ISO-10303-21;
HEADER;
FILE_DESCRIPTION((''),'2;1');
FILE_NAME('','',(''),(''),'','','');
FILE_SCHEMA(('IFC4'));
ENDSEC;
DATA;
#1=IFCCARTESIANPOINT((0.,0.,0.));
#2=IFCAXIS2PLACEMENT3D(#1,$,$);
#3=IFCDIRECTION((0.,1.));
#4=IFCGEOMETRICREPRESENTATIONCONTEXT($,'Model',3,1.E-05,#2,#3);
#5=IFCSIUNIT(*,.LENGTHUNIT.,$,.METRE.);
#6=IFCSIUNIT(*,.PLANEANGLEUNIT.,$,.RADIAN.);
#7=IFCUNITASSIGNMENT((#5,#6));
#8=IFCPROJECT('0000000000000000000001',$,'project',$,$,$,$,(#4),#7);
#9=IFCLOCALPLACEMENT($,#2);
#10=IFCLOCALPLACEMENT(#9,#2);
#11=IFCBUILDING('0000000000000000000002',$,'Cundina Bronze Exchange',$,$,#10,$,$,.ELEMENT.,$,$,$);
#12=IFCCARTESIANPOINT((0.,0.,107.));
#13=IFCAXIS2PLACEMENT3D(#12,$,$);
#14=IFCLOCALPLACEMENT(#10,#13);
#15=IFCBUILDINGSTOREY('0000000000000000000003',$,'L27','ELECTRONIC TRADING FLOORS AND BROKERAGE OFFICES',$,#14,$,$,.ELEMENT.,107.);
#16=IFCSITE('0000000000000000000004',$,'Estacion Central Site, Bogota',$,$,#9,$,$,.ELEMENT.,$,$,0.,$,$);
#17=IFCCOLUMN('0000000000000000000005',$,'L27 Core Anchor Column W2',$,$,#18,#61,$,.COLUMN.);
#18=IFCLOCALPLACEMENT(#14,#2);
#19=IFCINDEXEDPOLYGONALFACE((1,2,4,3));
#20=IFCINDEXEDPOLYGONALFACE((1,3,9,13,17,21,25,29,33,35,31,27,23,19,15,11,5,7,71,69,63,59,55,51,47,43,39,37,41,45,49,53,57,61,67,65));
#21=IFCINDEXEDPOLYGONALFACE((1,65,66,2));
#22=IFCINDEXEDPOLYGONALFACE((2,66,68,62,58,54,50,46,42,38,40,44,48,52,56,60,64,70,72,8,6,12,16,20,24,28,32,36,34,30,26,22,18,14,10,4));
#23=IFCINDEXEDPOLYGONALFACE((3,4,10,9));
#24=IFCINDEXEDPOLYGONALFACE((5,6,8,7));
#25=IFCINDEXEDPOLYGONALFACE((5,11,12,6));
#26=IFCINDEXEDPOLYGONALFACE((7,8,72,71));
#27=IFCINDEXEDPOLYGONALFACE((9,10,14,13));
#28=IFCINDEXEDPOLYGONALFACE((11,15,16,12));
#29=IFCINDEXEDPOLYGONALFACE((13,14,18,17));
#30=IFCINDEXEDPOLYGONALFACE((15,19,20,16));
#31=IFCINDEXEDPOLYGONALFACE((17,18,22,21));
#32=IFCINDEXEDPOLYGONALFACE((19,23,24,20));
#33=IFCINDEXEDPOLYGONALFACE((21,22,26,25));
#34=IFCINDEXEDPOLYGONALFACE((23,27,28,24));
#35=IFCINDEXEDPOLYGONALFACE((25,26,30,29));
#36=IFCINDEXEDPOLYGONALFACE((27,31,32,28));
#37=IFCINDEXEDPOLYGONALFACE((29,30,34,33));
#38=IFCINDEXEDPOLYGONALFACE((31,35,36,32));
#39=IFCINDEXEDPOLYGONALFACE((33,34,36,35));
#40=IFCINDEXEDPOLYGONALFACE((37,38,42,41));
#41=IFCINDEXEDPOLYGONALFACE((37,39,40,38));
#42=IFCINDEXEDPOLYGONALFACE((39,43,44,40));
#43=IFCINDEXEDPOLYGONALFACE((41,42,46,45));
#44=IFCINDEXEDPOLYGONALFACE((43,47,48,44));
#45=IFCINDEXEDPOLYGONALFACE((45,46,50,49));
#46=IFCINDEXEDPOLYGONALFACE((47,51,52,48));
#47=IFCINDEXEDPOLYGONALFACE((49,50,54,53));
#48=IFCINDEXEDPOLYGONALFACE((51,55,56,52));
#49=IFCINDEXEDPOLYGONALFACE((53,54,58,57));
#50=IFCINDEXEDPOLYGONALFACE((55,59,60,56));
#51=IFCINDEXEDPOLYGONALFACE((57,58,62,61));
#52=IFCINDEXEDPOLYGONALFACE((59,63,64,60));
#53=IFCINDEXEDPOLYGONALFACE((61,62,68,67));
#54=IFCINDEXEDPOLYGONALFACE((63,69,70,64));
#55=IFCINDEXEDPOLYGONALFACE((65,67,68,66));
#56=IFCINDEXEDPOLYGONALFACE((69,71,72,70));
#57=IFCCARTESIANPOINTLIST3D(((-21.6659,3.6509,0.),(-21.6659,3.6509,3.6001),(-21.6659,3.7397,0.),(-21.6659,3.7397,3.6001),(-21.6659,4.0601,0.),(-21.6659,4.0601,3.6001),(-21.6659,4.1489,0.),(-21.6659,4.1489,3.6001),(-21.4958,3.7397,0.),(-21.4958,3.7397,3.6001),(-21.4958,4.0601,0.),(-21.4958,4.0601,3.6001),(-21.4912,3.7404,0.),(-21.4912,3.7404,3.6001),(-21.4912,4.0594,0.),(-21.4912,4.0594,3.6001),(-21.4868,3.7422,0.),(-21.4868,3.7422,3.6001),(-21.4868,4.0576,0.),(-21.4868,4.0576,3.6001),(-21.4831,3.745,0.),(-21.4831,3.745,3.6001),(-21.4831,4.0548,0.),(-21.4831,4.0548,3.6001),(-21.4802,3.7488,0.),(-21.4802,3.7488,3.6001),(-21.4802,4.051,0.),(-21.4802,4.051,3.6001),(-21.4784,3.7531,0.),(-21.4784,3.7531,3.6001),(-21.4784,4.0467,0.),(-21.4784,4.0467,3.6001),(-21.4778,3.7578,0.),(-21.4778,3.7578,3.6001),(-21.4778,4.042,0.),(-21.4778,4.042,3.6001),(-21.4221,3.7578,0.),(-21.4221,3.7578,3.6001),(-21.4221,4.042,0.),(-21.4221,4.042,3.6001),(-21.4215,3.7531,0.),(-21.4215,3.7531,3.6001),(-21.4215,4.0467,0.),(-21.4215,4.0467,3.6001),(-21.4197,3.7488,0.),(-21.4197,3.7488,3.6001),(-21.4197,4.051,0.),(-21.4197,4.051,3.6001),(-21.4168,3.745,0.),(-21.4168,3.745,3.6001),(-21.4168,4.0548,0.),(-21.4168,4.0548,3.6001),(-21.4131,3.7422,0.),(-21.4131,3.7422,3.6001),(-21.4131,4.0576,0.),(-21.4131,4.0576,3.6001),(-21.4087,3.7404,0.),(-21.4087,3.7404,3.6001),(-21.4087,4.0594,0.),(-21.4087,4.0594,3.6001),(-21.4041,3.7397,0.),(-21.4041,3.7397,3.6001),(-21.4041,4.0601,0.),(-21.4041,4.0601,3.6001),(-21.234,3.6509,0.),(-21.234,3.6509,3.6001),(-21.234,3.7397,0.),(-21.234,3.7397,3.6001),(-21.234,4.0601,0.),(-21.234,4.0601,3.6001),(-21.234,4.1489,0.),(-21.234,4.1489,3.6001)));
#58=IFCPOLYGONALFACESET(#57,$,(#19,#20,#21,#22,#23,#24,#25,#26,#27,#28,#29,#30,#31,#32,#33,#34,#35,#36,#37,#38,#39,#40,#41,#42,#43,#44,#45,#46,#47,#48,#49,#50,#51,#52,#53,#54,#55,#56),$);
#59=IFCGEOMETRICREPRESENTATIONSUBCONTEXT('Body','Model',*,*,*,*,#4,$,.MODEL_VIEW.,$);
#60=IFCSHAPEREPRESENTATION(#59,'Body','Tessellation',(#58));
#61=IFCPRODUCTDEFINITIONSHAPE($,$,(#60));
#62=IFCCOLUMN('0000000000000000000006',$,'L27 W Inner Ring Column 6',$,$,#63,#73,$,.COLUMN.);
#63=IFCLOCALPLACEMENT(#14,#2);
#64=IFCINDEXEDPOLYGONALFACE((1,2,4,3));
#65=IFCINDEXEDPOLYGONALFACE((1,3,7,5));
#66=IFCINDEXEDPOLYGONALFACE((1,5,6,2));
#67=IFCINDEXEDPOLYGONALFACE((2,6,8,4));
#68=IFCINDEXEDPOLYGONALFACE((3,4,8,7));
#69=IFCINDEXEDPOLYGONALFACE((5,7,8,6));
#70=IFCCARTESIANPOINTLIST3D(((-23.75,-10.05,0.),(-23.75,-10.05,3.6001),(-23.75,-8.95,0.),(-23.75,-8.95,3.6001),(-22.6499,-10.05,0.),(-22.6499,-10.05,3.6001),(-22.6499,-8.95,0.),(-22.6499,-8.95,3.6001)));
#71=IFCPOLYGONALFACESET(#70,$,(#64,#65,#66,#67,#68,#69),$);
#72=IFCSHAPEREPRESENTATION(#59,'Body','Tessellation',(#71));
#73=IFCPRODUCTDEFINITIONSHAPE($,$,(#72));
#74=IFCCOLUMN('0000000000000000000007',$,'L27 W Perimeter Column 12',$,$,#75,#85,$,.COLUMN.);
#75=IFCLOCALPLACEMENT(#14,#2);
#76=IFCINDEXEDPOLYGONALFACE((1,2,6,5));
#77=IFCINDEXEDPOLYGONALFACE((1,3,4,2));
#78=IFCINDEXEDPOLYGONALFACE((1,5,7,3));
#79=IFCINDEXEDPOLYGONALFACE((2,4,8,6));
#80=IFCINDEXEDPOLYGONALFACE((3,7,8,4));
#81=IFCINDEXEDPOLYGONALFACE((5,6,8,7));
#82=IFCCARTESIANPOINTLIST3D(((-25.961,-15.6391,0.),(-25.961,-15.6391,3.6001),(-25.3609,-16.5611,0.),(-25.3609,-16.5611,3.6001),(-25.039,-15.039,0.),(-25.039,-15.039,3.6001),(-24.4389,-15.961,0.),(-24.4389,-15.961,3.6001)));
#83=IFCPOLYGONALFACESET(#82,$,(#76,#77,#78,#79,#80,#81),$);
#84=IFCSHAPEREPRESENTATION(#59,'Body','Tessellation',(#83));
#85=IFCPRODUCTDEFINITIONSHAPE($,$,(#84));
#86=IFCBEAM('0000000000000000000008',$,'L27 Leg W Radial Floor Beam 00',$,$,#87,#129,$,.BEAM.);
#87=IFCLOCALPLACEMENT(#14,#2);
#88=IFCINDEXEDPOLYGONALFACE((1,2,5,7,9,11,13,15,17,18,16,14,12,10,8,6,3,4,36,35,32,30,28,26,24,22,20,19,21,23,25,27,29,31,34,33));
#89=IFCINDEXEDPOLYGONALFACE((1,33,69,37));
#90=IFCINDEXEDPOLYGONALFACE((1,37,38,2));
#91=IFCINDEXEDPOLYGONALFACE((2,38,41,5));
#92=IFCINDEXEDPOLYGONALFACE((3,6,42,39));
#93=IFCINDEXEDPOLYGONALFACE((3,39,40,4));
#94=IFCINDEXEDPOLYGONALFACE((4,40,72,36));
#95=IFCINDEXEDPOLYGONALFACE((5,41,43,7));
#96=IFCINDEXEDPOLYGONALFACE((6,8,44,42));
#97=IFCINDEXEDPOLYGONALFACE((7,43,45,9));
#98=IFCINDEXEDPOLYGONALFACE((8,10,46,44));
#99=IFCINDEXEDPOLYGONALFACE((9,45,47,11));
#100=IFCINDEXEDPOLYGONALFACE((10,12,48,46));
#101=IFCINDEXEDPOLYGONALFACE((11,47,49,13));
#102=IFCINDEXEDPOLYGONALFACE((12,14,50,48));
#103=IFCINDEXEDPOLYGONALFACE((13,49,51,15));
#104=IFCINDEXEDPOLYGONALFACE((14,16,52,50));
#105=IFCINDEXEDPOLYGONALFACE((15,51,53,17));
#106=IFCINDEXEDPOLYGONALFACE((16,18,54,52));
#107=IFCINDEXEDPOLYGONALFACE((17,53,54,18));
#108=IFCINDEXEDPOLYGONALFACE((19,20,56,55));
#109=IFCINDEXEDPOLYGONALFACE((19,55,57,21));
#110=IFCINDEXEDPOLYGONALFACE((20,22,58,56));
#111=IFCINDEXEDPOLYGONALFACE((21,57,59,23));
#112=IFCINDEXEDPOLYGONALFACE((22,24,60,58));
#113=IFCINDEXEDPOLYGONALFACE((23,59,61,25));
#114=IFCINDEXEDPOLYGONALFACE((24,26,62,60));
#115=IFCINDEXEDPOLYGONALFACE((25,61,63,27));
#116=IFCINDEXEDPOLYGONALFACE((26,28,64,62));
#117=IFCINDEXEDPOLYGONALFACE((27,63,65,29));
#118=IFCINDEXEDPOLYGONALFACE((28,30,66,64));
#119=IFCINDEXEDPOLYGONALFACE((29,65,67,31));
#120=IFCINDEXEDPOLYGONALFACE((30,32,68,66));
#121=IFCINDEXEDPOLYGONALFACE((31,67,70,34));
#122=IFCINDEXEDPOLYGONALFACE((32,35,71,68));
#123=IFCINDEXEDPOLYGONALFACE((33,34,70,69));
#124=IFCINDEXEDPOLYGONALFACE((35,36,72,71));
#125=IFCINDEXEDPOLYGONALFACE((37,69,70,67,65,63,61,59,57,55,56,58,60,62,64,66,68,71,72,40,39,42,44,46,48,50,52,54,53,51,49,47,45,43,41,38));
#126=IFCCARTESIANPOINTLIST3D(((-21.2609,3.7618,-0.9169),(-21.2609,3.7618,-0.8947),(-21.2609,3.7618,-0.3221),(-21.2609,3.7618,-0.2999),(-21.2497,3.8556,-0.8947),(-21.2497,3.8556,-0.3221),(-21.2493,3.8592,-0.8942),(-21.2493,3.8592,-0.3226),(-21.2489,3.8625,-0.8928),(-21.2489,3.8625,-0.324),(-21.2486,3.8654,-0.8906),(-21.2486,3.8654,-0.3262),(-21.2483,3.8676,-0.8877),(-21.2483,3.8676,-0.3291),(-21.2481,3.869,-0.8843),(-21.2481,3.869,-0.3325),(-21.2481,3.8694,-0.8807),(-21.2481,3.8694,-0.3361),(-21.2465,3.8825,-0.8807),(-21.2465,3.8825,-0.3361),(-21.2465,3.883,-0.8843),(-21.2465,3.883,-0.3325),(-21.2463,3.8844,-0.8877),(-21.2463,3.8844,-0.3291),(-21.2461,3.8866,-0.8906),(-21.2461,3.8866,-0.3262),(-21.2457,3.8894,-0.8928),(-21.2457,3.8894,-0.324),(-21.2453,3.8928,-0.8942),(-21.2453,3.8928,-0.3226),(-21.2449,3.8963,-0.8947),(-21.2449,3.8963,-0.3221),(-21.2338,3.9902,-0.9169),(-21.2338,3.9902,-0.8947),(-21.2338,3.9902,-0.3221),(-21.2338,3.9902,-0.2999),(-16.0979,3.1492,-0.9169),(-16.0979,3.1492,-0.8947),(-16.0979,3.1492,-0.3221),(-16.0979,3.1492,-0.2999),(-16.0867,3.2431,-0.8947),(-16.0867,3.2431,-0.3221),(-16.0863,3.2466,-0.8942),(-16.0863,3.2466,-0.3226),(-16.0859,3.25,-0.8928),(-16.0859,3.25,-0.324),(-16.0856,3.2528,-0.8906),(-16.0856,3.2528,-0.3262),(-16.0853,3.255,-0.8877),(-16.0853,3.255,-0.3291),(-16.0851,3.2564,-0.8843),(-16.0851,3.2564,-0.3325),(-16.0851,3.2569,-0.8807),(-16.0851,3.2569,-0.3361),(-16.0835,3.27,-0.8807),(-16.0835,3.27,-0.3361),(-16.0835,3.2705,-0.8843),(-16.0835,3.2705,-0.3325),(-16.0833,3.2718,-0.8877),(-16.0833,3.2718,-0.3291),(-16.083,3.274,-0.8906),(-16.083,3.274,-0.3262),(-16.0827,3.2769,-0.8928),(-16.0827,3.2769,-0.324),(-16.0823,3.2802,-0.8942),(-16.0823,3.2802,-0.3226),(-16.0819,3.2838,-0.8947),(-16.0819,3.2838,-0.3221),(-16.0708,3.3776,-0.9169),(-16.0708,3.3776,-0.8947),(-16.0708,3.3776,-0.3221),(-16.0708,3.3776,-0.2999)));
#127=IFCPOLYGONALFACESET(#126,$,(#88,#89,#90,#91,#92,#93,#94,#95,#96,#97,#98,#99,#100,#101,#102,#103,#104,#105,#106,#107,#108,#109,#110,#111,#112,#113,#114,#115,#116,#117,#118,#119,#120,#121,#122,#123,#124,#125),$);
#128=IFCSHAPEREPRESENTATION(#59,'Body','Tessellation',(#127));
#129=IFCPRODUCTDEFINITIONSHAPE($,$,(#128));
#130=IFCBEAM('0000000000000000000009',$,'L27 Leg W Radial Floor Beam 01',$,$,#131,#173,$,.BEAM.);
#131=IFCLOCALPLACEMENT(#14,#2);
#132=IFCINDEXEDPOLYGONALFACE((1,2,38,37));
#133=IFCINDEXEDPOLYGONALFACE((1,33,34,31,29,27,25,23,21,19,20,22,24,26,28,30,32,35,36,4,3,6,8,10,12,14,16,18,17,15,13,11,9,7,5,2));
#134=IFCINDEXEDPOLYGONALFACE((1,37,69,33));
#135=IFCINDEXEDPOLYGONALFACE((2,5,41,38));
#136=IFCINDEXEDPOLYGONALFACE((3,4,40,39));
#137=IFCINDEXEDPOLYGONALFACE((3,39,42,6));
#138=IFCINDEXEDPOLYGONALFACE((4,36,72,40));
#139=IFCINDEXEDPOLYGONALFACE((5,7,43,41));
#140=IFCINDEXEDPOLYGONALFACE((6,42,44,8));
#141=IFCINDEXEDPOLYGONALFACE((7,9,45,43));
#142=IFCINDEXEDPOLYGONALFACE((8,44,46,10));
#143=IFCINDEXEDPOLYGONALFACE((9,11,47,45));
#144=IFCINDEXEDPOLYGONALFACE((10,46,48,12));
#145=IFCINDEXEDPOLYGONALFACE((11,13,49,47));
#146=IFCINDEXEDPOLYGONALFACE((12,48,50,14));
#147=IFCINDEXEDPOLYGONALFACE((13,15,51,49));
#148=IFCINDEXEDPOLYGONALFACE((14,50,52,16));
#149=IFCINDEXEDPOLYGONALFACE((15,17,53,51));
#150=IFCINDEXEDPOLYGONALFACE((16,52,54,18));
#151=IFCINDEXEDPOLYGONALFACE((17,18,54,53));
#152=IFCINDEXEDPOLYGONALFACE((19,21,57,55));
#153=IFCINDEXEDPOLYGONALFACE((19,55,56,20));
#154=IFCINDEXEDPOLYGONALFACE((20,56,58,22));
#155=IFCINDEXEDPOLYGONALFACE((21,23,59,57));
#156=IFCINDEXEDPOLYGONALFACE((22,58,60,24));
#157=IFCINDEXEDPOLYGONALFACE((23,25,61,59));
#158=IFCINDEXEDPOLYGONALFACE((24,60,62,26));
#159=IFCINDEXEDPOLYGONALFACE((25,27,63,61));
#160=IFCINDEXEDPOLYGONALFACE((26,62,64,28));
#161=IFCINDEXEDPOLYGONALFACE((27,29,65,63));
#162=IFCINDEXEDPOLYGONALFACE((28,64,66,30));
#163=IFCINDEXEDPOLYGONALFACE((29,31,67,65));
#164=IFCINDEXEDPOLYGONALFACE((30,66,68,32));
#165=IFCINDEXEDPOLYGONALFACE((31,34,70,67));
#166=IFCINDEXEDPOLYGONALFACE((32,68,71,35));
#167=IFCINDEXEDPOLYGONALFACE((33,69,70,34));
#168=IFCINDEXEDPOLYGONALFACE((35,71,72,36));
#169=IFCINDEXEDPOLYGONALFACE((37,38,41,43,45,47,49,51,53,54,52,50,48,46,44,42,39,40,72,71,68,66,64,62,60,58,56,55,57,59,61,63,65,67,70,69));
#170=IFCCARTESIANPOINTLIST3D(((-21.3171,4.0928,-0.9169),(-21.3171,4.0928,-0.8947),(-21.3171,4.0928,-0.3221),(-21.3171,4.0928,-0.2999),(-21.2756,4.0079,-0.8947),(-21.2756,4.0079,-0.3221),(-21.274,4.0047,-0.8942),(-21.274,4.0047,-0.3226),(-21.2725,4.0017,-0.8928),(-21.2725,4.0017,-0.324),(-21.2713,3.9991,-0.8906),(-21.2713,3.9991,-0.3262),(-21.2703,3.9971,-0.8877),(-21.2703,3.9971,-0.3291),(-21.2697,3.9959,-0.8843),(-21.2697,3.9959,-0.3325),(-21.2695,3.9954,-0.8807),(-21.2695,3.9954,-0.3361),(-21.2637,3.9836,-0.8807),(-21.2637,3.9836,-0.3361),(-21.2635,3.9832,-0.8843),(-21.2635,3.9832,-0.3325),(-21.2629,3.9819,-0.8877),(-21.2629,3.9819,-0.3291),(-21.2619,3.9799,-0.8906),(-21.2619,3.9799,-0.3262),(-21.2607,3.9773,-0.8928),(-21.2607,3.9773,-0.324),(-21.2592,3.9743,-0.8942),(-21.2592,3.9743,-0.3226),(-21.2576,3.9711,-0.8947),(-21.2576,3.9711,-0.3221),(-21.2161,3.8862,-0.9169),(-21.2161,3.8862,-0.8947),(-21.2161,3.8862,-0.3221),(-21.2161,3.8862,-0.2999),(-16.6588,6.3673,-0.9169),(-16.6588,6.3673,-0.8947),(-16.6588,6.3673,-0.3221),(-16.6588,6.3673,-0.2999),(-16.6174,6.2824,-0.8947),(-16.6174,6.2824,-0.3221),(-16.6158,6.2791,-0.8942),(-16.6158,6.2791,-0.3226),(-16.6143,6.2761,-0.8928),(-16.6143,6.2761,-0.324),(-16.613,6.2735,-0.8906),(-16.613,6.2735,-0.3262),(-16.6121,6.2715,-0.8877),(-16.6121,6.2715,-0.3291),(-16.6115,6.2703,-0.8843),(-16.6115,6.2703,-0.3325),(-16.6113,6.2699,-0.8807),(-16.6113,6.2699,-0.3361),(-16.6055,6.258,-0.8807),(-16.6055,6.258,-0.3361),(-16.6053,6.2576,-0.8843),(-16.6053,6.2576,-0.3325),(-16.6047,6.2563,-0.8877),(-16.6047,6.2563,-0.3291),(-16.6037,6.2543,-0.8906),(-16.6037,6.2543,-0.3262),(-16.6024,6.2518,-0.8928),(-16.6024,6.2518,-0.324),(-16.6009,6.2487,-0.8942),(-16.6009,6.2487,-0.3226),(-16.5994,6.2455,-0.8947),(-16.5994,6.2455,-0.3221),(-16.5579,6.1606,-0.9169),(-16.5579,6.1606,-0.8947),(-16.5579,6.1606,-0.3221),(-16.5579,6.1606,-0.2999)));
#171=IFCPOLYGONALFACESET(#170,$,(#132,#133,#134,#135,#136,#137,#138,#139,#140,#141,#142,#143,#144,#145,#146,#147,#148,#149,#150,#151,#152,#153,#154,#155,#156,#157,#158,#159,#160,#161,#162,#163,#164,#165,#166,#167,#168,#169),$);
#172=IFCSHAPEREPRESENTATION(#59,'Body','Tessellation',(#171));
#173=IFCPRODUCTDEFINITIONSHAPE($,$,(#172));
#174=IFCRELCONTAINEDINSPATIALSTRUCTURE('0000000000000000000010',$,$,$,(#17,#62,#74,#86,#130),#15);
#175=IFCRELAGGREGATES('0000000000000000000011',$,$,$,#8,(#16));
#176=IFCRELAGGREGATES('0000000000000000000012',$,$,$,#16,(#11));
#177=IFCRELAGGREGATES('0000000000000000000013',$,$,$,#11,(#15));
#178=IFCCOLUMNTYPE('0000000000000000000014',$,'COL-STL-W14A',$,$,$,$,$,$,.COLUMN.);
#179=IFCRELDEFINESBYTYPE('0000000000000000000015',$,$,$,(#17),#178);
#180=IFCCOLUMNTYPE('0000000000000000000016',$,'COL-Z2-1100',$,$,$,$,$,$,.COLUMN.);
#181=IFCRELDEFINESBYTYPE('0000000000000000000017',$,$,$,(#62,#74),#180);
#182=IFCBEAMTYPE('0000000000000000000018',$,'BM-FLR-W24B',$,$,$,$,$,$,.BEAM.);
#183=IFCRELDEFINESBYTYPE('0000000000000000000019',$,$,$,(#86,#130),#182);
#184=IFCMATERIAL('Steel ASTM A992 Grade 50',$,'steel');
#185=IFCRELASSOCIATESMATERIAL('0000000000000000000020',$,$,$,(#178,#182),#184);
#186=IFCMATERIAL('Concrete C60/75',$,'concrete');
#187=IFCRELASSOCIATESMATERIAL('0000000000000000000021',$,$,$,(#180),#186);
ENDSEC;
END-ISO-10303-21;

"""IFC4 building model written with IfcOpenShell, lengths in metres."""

from ifc_helpers import new_model, si_unit, direction, frame, origin, origin_2d, place, context, subcontext, project, spatial, rectangle, i_section, extrude, material, material_profile, profile_set, type_object, element, save


model = new_model("IFC4")

# Units and contexts
model_context = context("Model", 3, precision=1e-05, world=origin(), true_north=direction((0.0, 1.0)))
body_context = subcontext(model_context, "Body", "Model", "MODEL_VIEW")
ifc_project = project(units=[si_unit("LENGTHUNIT", "METRE"), si_unit("PLANEANGLEUNIT", "RADIAN")], contexts=[model_context])

# Site, building, storey
site_placement = place(None, origin())
site = spatial("IfcSite", under=ifc_project, at=site_placement, Name="Estacion Central Site, Bogota", CompositionType="ELEMENT", RefElevation=0.0)
building_placement = place(site_placement, origin())
building = spatial("IfcBuilding", under=site, at=building_placement, Name="Cundina Bronze Exchange", CompositionType="ELEMENT")
storey_placement = place(building_placement, frame((0.0, 0.0, 107.0)))
storey = spatial("IfcBuildingStorey", under=building, at=storey_placement, Name="L27", Description="ELECTRONIC TRADING FLOORS AND BROKERAGE OFFICES", CompositionType="ELEMENT", Elevation=107.0)

# Columns
ifc_material_1 = material(Name="Steel ASTM A992 Grade 50", Category="steel")
ifc_material_profile_1 = material_profile(ifc_material_1, i_section(OverallWidth=0.4319, OverallDepth=0.498, WebThickness=0.0557, FlangeThickness=0.0889, FilletRadius=0.0181, at=origin_2d()), Name="W14X500", Category="steel")
ifc_profile_set_1 = profile_set([ifc_material_profile_1], Name="Steel ASTM A992 Grade 50")
column_type_1 = type_object("IfcColumnType", Name="COL-STL-W14A", PredefinedType="COLUMN", material=ifc_profile_set_1)
column_placement = place(storey_placement, frame((-21.45, 3.8999, 0.0), z_axis=(0.0, 0.0, 1.0), x_axis=(1.0, 0.0, 0.0)))
element("IfcColumn", 1, at=column_placement, inside=storey, type_object=column_type_1, Name="L27 Core Anchor Column W2", PredefinedType="COLUMN", context=body_context, shape_type="SweptSolid", body=[
    extrude(i_section(OverallWidth=0.4319, OverallDepth=0.498, WebThickness=0.0557, FlangeThickness=0.0889, FilletRadius=0.0181, at=origin_2d()), origin(), (0.0, 0.0, 1.0), 3.6001),
])
ifc_material_2 = material(Name="Concrete C60/75", Category="concrete")
ifc_material_profile_2 = material_profile(ifc_material_2, rectangle(XDim=1.1001, YDim=1.1001, at=origin_2d()), Name="RC1100X1100", Category="concrete")
ifc_profile_set_2 = profile_set([ifc_material_profile_2], Name="Concrete C60/75")
column_type_2 = type_object("IfcColumnType", Name="COL-Z2-1100", PredefinedType="COLUMN", material=ifc_profile_set_2)
for number, where, z_axis, x_axis, name in (
    (2, (-23.2, -9.5, 0.0), (0.0, 0.0, 1.0), (1.0, 0.0, 0.0), "L27 W Inner Ring Column 6"),
    (3, (-25.2, -15.8, 0.0), (0.0, 0.0, 1.0), (0.8381, 0.545517, 0.0), "L27 W Perimeter Column 12"),
):
    element("IfcColumn", number, at=place(storey_placement, frame(where, z_axis=z_axis, x_axis=x_axis)), inside=storey, type_object=column_type_2, Name=name, PredefinedType="COLUMN", context=body_context, shape_type="SweptSolid", body=[
        extrude(rectangle(XDim=1.1001, YDim=1.1001, at=origin_2d()), origin(), (0.0, 0.0, 1.0), 3.6001),
    ])

# Beams
ifc_material_profile_3 = material_profile(ifc_material_1, i_section(OverallWidth=0.23, OverallDepth=0.6169, WebThickness=0.0132, FlangeThickness=0.0222, FilletRadius=0.0139, at=origin_2d()), Name="W24X94", Category="steel")
ifc_profile_set_3 = profile_set([ifc_material_profile_3], Name="Steel ASTM A992 Grade 50")
beam_type_1 = type_object("IfcBeamType", Name="BM-FLR-W24B", PredefinedType="BEAM", material=ifc_profile_set_3)
beam_1_placement = place(storey_placement, frame((-21.2473, 3.876, -0.6084), z_axis=(0.993036, -0.117814, 0.0), x_axis=(0.117814, 0.993036, 0.0)))
element("IfcBeam", 4, at=beam_1_placement, inside=storey, type_object=beam_type_1, Name="L27 Leg W Radial Floor Beam 00", PredefinedType="BEAM", context=body_context, shape_type="SweptSolid", body=[
    extrude(i_section(OverallWidth=0.23, OverallDepth=0.6169, WebThickness=0.0132, FlangeThickness=0.0222, FilletRadius=0.0139, at=origin_2d()), origin(), (0.0, 0.0, 1.0), 5.1992),
])
beam_2_placement = place(storey_placement, frame((-21.2666, 3.9895, -0.6084), z_axis=(0.898607, 0.438754, 0.0), x_axis=(-0.438754, 0.898607, 0.0)))
element("IfcBeam", 5, at=beam_2_placement, inside=storey, type_object=beam_type_1, Name="L27 Leg W Radial Floor Beam 01", PredefinedType="BEAM", context=body_context, shape_type="SweptSolid", body=[
    extrude(i_section(OverallWidth=0.23, OverallDepth=0.6169, WebThickness=0.0132, FlangeThickness=0.0222, FilletRadius=0.0139, at=origin_2d()), origin(), (0.0, 0.0, 1.0), 5.1838),
])

save(model, "model.ifc")
